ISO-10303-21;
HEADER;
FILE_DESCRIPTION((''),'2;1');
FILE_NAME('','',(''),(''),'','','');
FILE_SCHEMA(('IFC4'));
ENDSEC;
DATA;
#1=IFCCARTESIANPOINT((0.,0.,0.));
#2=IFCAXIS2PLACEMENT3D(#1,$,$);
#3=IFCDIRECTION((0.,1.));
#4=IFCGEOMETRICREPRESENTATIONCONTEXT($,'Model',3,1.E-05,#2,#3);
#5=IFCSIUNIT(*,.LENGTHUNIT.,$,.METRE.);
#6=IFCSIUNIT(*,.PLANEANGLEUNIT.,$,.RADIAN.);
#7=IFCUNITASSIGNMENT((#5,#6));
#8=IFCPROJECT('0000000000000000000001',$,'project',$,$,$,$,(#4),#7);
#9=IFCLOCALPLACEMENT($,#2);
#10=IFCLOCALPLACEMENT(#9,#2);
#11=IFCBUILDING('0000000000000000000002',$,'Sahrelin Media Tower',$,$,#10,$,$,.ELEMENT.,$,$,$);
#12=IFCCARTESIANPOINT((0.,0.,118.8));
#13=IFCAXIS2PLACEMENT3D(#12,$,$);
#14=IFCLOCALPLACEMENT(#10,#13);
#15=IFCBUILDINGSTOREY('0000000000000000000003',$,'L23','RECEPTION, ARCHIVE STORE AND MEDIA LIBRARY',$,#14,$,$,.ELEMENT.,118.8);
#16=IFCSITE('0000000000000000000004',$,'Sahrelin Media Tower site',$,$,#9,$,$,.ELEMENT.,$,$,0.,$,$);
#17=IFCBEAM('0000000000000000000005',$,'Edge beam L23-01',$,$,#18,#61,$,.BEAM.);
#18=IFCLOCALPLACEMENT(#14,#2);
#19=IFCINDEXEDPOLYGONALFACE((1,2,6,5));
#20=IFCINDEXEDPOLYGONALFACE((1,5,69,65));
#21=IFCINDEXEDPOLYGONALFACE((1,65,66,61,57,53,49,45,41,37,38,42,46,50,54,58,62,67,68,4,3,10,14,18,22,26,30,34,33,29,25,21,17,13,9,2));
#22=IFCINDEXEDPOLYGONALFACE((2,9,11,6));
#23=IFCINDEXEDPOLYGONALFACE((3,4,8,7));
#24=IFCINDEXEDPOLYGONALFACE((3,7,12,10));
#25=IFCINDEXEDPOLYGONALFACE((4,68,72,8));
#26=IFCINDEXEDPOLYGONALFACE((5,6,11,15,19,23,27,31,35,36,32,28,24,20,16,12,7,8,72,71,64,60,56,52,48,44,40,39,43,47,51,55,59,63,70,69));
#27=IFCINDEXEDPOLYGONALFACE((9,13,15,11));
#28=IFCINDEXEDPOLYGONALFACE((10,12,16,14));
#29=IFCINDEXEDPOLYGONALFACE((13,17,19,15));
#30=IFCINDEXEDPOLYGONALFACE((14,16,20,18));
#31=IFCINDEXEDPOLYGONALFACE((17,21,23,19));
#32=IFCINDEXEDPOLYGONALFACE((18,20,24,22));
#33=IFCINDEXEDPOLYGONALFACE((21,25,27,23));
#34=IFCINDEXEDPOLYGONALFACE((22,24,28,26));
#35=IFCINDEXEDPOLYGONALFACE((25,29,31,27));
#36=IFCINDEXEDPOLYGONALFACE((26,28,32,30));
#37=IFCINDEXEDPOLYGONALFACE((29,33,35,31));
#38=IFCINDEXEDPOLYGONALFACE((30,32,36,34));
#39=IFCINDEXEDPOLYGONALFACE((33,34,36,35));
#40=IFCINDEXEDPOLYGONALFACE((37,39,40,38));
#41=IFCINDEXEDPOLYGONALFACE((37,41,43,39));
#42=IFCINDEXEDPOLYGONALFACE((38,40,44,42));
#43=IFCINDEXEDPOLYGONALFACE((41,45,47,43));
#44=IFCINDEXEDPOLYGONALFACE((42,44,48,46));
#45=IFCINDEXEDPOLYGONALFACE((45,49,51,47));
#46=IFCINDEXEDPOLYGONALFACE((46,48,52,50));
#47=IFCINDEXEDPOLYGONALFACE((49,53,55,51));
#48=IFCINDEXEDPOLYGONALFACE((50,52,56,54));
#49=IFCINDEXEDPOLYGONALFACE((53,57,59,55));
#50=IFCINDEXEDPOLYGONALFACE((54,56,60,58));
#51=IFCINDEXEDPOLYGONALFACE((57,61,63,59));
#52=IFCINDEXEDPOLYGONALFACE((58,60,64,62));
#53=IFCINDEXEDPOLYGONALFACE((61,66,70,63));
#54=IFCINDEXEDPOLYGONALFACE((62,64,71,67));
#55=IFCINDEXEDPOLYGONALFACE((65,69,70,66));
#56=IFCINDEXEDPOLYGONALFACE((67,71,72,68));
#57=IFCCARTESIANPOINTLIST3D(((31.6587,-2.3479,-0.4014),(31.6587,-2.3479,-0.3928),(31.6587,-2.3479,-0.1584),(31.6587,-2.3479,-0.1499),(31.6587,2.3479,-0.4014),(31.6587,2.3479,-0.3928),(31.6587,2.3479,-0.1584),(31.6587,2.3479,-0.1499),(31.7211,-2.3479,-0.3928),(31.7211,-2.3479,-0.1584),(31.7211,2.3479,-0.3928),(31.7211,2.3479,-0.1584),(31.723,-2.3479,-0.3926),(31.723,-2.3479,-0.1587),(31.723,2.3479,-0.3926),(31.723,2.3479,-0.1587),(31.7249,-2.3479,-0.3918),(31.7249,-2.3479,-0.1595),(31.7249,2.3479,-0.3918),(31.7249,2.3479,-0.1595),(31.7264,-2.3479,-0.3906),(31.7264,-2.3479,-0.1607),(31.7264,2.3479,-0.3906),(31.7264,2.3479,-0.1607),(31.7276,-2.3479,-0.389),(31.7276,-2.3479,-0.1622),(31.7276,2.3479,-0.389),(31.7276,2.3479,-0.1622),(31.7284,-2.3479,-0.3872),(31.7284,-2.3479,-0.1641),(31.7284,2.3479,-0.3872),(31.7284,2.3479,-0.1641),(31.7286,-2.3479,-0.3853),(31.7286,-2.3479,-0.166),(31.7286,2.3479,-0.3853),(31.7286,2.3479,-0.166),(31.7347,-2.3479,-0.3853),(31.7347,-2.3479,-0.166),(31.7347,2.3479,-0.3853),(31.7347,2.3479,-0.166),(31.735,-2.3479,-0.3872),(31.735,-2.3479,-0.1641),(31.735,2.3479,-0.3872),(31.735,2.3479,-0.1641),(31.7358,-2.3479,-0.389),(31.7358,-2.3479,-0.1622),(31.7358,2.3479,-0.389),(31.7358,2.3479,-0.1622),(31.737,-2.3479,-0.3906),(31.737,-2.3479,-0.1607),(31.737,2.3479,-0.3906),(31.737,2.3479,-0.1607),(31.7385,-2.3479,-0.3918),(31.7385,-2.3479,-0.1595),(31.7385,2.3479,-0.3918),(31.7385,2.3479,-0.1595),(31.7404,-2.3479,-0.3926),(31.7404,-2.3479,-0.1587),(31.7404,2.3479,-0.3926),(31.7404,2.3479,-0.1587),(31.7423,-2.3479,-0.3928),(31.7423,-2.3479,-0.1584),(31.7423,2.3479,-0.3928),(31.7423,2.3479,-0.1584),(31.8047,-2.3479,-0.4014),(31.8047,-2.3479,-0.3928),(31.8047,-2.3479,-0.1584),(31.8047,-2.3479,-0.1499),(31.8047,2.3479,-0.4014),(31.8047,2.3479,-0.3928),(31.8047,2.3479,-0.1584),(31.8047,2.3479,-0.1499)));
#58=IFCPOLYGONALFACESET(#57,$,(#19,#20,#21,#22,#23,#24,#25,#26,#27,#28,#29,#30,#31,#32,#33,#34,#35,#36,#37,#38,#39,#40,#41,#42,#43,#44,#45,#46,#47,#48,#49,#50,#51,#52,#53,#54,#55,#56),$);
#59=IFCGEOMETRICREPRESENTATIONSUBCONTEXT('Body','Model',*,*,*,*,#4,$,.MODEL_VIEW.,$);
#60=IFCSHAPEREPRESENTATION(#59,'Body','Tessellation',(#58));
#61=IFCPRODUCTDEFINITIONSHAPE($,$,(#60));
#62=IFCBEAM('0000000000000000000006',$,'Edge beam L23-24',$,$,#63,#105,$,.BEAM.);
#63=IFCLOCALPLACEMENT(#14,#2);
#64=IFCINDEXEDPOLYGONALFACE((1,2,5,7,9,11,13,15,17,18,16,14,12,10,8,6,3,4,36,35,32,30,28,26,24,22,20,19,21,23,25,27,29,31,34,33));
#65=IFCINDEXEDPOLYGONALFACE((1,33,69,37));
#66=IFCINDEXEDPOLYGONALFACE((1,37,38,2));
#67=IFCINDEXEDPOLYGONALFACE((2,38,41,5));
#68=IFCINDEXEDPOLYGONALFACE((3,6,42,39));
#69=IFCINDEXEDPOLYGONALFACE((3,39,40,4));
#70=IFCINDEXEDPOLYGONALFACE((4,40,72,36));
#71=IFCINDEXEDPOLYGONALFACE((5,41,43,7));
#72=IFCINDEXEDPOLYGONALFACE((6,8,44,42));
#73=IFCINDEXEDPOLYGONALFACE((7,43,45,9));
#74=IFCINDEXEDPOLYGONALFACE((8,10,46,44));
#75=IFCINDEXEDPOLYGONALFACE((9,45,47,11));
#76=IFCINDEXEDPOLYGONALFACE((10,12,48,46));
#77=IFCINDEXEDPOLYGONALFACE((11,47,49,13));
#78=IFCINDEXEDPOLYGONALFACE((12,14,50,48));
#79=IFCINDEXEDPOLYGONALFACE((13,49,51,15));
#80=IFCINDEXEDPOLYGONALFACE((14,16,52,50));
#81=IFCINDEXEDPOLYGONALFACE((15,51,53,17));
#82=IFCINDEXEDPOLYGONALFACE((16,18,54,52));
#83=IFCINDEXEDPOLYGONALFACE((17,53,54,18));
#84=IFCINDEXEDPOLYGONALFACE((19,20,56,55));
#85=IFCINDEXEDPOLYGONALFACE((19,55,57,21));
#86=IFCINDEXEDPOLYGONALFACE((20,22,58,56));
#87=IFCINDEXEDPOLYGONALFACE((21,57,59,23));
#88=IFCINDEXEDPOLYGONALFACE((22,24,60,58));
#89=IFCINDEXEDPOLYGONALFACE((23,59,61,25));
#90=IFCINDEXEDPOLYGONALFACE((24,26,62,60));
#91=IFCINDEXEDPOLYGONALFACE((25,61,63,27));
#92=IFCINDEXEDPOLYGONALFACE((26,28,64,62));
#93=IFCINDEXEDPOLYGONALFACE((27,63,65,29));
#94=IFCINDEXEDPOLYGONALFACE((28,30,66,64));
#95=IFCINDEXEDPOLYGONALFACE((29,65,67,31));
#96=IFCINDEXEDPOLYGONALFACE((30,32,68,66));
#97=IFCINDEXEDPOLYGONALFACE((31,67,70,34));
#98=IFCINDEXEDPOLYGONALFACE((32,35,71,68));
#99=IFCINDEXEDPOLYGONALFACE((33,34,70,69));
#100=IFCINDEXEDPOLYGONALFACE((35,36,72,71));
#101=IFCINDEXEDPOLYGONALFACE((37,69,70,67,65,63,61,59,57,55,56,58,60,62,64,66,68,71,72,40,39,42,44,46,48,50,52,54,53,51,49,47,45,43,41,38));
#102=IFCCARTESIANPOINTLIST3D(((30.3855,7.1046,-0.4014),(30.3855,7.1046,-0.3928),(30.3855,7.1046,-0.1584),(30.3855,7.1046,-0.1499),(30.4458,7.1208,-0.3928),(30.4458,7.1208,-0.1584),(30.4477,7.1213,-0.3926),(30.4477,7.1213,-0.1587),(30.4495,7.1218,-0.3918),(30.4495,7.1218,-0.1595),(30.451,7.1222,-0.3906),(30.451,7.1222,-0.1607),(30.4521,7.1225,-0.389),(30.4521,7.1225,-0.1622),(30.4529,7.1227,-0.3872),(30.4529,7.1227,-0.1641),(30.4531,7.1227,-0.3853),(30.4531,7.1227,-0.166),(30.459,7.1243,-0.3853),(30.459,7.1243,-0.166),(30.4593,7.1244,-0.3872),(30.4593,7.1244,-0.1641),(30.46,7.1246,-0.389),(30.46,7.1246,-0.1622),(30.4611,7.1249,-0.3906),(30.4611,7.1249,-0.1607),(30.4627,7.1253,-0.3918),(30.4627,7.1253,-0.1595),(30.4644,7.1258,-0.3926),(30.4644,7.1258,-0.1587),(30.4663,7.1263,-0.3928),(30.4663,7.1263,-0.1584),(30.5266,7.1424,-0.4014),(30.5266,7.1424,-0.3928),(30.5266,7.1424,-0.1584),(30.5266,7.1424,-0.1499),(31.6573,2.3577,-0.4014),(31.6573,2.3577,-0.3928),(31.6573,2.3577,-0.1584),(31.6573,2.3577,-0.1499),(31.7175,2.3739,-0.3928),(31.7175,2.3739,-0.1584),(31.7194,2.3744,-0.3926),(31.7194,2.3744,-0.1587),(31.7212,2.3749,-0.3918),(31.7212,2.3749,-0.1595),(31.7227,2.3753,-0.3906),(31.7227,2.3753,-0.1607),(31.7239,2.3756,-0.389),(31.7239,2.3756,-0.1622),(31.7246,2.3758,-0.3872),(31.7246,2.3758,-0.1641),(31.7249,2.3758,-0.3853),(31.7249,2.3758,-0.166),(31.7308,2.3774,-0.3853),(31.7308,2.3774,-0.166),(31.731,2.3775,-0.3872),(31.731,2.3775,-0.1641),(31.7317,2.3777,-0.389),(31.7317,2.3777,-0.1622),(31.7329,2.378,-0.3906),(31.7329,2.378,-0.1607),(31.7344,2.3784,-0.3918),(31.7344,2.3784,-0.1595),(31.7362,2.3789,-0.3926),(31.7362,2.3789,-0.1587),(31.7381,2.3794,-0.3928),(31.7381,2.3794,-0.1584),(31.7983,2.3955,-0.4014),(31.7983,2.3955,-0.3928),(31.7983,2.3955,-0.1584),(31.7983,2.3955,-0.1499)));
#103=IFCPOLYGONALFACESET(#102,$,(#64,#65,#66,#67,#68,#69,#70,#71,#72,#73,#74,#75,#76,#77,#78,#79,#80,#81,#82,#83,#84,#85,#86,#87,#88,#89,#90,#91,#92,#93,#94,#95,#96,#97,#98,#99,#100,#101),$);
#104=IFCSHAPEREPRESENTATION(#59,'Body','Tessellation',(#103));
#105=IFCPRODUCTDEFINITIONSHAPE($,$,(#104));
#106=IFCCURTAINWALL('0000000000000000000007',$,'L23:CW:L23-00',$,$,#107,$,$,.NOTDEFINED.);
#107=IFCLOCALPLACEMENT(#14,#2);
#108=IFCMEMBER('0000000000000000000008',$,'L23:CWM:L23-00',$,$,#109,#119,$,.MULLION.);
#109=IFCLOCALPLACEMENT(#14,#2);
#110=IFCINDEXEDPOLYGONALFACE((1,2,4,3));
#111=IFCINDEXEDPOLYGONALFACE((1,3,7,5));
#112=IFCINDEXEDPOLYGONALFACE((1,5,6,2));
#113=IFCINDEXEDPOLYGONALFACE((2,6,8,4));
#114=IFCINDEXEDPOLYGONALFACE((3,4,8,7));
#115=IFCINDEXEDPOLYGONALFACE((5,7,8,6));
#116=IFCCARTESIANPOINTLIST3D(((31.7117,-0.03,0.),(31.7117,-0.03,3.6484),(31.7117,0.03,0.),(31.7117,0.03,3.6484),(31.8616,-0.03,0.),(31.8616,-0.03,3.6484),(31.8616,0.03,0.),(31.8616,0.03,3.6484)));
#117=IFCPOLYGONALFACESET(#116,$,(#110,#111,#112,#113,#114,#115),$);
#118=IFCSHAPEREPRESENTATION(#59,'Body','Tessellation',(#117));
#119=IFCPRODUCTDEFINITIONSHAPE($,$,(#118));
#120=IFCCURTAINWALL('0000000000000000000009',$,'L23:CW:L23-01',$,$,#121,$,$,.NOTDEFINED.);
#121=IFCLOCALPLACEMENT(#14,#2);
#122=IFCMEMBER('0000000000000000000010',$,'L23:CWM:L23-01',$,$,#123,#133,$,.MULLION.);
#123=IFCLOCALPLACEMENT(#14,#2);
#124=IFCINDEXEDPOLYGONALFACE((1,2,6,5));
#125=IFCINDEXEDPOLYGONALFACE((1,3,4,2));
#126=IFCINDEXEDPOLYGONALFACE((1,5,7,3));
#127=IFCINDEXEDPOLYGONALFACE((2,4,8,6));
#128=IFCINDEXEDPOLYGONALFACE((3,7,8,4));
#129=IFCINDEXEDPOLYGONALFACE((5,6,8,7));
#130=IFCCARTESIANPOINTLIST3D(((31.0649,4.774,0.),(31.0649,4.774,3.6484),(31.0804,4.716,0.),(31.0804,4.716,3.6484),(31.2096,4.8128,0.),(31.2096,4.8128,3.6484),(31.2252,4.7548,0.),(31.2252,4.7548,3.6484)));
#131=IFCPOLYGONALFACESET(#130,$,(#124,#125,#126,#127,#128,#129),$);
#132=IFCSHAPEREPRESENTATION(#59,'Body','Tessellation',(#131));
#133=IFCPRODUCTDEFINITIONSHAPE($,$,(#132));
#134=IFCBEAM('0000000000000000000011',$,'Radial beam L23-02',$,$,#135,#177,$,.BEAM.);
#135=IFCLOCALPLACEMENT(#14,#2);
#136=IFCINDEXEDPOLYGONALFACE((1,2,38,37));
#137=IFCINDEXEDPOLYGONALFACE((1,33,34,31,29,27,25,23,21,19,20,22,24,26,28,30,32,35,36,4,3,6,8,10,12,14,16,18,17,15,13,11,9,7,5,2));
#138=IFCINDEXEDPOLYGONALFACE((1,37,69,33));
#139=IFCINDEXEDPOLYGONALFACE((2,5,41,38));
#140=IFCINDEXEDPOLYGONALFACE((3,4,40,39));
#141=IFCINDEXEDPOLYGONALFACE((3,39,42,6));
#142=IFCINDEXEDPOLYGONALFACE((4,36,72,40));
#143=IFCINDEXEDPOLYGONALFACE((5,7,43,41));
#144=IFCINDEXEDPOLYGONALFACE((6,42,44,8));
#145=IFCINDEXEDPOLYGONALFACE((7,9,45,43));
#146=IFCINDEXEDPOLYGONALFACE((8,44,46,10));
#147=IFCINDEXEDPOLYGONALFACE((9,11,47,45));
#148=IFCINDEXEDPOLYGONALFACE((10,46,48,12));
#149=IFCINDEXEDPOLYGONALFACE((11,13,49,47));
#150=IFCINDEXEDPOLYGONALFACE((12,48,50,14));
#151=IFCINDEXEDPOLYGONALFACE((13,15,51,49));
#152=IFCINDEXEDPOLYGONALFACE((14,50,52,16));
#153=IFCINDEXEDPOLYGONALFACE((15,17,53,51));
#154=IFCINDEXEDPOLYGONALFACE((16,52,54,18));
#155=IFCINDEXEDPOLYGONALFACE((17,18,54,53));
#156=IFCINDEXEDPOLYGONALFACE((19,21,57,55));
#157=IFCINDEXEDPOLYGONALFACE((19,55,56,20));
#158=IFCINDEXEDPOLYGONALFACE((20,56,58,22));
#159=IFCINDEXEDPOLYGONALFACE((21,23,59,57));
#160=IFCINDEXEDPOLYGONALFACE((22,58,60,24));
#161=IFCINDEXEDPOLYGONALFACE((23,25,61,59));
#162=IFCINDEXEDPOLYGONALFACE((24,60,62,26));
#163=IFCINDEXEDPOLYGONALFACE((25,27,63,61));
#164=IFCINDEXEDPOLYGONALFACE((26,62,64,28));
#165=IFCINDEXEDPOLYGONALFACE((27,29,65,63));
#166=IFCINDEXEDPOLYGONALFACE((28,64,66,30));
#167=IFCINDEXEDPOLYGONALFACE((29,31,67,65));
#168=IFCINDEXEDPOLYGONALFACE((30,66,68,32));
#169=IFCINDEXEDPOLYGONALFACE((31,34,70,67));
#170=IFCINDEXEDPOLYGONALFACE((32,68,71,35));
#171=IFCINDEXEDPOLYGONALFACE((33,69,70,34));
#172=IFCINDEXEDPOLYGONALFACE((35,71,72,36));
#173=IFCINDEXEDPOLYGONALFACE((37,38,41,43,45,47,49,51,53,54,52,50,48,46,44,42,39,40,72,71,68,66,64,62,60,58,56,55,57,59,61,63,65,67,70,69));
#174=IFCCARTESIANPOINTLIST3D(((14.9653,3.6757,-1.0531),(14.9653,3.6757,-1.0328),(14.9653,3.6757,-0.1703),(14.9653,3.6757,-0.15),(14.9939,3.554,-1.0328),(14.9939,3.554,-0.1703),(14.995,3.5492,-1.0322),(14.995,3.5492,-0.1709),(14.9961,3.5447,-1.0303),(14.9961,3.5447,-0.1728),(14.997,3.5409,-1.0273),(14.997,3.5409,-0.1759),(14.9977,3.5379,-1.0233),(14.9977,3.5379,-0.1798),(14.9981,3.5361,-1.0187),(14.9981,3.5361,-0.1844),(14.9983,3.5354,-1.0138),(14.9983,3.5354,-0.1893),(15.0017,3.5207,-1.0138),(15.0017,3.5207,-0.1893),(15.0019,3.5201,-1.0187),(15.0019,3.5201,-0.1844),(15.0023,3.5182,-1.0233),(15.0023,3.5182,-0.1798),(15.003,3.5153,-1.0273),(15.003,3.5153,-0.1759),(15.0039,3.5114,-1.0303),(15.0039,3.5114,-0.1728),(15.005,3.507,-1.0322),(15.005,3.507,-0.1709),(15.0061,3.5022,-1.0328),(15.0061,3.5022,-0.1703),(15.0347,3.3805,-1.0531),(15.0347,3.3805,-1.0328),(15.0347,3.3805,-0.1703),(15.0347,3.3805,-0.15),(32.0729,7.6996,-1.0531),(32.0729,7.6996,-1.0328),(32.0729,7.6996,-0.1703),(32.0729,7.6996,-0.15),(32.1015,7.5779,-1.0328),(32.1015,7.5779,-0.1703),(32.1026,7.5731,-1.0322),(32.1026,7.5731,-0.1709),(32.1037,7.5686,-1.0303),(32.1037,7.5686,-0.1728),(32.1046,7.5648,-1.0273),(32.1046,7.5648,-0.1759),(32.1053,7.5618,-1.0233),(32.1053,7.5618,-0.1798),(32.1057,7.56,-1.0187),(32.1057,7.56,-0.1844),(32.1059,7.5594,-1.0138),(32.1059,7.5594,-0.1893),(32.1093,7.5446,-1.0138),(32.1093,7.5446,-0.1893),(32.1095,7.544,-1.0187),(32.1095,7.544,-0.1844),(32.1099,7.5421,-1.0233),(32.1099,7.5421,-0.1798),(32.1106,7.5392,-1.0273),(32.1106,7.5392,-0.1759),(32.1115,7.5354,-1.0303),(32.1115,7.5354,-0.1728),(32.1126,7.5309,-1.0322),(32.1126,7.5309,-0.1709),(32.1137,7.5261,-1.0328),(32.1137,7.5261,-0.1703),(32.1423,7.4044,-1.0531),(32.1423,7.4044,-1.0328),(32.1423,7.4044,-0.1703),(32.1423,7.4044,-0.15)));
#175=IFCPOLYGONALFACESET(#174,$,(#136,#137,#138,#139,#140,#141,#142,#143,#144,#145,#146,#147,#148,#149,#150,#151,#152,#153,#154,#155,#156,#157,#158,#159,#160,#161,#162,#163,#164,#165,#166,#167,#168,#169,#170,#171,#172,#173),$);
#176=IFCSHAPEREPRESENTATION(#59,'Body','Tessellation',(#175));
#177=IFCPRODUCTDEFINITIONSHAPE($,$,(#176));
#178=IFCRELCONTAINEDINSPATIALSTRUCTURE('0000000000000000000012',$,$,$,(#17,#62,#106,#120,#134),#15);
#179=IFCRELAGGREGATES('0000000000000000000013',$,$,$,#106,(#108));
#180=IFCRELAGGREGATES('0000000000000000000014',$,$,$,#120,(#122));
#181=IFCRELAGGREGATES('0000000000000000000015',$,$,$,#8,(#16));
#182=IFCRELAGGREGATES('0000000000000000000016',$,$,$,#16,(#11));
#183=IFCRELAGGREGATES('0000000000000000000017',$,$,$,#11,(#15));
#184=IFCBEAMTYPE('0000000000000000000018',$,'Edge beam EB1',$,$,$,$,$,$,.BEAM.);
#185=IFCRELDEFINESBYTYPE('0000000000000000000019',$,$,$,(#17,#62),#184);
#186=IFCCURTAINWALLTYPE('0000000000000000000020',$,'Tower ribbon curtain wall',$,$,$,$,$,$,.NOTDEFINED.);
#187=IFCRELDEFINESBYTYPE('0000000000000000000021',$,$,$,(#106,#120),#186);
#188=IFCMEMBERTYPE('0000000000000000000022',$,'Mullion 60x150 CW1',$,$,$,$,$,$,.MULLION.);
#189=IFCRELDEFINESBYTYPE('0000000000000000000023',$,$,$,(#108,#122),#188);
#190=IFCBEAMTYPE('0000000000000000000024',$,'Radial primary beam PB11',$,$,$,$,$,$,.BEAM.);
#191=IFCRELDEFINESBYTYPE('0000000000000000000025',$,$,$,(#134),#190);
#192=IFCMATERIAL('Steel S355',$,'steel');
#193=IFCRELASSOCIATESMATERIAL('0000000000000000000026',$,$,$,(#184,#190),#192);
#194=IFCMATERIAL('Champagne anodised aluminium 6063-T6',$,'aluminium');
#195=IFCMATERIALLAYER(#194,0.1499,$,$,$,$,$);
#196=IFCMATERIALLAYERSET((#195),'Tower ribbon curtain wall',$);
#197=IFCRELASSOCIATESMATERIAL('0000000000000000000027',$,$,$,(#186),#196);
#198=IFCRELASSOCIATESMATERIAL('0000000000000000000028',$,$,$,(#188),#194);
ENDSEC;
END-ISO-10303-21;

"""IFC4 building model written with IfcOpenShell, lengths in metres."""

from ifc_helpers import new_model, si_unit, direction, frame, origin, origin_2d, place, context, subcontext, project, spatial, rectangle, i_section, extrude, material, layer, layer_set, material_profile, profile_set, type_object, element, aggregate, save


model = new_model("IFC4")

# Units and contexts
model_context = context("Model", 3, precision=1e-05, world=origin(), true_north=direction((0.0, 1.0)))
body_context = subcontext(model_context, "Body", "Model", "MODEL_VIEW")
ifc_project = project(units=[si_unit("LENGTHUNIT", "METRE"), si_unit("PLANEANGLEUNIT", "RADIAN")], contexts=[model_context])

# Site, building, storey
site_placement = place(None, origin())
site = spatial("IfcSite", under=ifc_project, at=site_placement, Name="Sahrelin Media Tower site", CompositionType="ELEMENT", RefElevation=0.0)
building_placement = place(site_placement, origin())
building = spatial("IfcBuilding", under=site, at=building_placement, Name="Sahrelin Media Tower", CompositionType="ELEMENT")
storey_placement = place(building_placement, frame((0.0, 0.0, 118.8)))
storey = spatial("IfcBuildingStorey", under=building, at=storey_placement, Name="L23", Description="RECEPTION, ARCHIVE STORE AND MEDIA LIBRARY", CompositionType="ELEMENT", Elevation=118.8)

# Beams
ifc_material_1 = material(Name="Steel S355", Category="steel")
ifc_material_profile_1 = material_profile(ifc_material_1, i_section(OverallWidth=0.146, OverallDepth=0.2515, WebThickness=0.0061, FlangeThickness=0.0085, FilletRadius=0.0076, at=origin_2d()), Name="UB 254x146x31")
ifc_profile_set_1 = profile_set([ifc_material_profile_1], Name="Steel S355")
beam_type_1 = type_object("IfcBeamType", Name="Edge beam EB1", PredefinedType="BEAM", material=ifc_profile_set_1)
beam_1_placement = place(storey_placement, frame((31.7317, 2.3479, -0.2756), z_axis=(0.0, -1.0, 0.0), x_axis=(1.0, 0.0, 0.0)))
element("IfcBeam", 1, at=beam_1_placement, inside=storey, type_object=beam_type_1, Name="Edge beam L23-01", PredefinedType="BEAM", context=body_context, shape_type="SweptSolid", body=[
    extrude(i_section(OverallWidth=0.146, OverallDepth=0.2515, WebThickness=0.0061, FlangeThickness=0.0085, FilletRadius=0.0076, at=origin_2d()), origin(), (0.0, 0.0, 1.0), 4.6958),
])
beam_2_placement = place(storey_placement, frame((30.4561, 7.1235, -0.2756), z_axis=(0.258785, -0.965935, 0.0), x_axis=(0.965935, 0.258785, 0.0)))
element("IfcBeam", 2, at=beam_2_placement, inside=storey, type_object=beam_type_1, Name="Edge beam L23-24", PredefinedType="BEAM", context=body_context, shape_type="SweptSolid", body=[
    extrude(i_section(OverallWidth=0.146, OverallDepth=0.2515, WebThickness=0.0061, FlangeThickness=0.0085, FilletRadius=0.0076, at=origin_2d()), origin(), (0.0, 0.0, 1.0), 4.9143),
])

# Curtain walls, members
ifc_material_2 = material(Name="Champagne anodised aluminium 6063-T6", Category="aluminium")
ifc_layer_1 = layer(ifc_material_2, 0.1499)
ifc_layer_set_1 = layer_set([ifc_layer_1], Name="Tower ribbon curtain wall")
curtain_wall_type = type_object("IfcCurtainWallType", Name="Tower ribbon curtain wall", PredefinedType="NOTDEFINED", material=ifc_layer_set_1)
curtain_wall_1_placement = place(storey_placement, frame((31.8816, 0.0, 0.0), z_axis=(0.0, 0.0, 1.0), x_axis=(1.0, 0.0, 0.0)))
curtain_wall_1 = element("IfcCurtainWall", 3, at=curtain_wall_1_placement, inside=storey, type_object=curtain_wall_type, Name="L23:CW:L23-00", PredefinedType="NOTDEFINED")
ifc_material_profile_2 = material_profile(ifc_material_2, rectangle(XDim=0.0601, YDim=0.1499, at=origin_2d()), Name="Mullion 60x150")
ifc_profile_set_2 = profile_set([ifc_material_profile_2], Name="Champagne anodised aluminium 6063-T6")
member_type_1 = type_object("IfcMemberType", Name="Mullion 60x150 CW1", PredefinedType="MULLION", material=ifc_profile_set_2)
member_1_placement = place(storey_placement, frame((31.7866, 0.0, 0.0), z_axis=(0.0, 0.0, 1.0), x_axis=(0.0, 1.0, 0.0)))
member_1 = element("IfcMember", 4, at=member_1_placement, type_object=member_type_1, Name="L23:CWM:L23-00", PredefinedType="MULLION", context=body_context, shape_type="SweptSolid", body=[
    extrude(rectangle(XDim=0.0601, YDim=0.1499, at=origin_2d()), origin(), (0.0, 0.0, 1.0), 3.6484),
])
aggregate(curtain_wall_1, [member_1])
curtain_wall_2_placement = place(storey_placement, frame((31.2368, 4.7888, 0.0), z_axis=(0.0, 0.0, 1.0), x_axis=(1.0, 0.0, 0.0)))
curtain_wall_2 = element("IfcCurtainWall", 5, at=curtain_wall_2_placement, inside=storey, type_object=curtain_wall_type, Name="L23:CW:L23-01", PredefinedType="NOTDEFINED")
member_2_placement = place(storey_placement, frame((31.145, 4.7644, 0.0), z_axis=(0.0, 0.0, 1.0), x_axis=(-0.258821, 0.965925, 0.0)))
member_2 = element("IfcMember", 6, at=member_2_placement, type_object=member_type_1, Name="L23:CWM:L23-01", PredefinedType="MULLION", context=body_context, shape_type="SweptSolid", body=[
    extrude(rectangle(XDim=0.0601, YDim=0.1499, at=origin_2d()), origin(), (0.0, 0.0, 1.0), 3.6484),
])

# Beam
ifc_material_profile_3 = material_profile(ifc_material_1, i_section(OverallWidth=0.3032, OverallDepth=0.9031, WebThickness=0.0151, FlangeThickness=0.0203, FilletRadius=0.019, at=origin_2d()), Name="UB 914x305x201")
ifc_profile_set_3 = profile_set([ifc_material_profile_3], Name="Steel S355")
beam_type_2 = type_object("IfcBeamType", Name="Radial primary beam PB11", PredefinedType="BEAM", material=ifc_profile_set_3)
beam_3_placement = place(storey_placement, frame((15.0, 3.5281, -0.6016), z_axis=(0.973435, 0.228963, 0.0), x_axis=(-0.228963, 0.973435, 0.0)))
element("IfcBeam", 7, at=beam_3_placement, inside=storey, type_object=beam_type_2, Name="Radial beam L23-02", PredefinedType="BEAM", context=body_context, shape_type="SweptSolid", body=[
    extrude(i_section(OverallWidth=0.3032, OverallDepth=0.9031, WebThickness=0.0151, FlangeThickness=0.0203, FilletRadius=0.019, at=origin_2d()), origin(), (0.0, 0.0, 1.0), 17.5745),
])

aggregate(curtain_wall_2, [member_2])

save(model, "model.ifc")
